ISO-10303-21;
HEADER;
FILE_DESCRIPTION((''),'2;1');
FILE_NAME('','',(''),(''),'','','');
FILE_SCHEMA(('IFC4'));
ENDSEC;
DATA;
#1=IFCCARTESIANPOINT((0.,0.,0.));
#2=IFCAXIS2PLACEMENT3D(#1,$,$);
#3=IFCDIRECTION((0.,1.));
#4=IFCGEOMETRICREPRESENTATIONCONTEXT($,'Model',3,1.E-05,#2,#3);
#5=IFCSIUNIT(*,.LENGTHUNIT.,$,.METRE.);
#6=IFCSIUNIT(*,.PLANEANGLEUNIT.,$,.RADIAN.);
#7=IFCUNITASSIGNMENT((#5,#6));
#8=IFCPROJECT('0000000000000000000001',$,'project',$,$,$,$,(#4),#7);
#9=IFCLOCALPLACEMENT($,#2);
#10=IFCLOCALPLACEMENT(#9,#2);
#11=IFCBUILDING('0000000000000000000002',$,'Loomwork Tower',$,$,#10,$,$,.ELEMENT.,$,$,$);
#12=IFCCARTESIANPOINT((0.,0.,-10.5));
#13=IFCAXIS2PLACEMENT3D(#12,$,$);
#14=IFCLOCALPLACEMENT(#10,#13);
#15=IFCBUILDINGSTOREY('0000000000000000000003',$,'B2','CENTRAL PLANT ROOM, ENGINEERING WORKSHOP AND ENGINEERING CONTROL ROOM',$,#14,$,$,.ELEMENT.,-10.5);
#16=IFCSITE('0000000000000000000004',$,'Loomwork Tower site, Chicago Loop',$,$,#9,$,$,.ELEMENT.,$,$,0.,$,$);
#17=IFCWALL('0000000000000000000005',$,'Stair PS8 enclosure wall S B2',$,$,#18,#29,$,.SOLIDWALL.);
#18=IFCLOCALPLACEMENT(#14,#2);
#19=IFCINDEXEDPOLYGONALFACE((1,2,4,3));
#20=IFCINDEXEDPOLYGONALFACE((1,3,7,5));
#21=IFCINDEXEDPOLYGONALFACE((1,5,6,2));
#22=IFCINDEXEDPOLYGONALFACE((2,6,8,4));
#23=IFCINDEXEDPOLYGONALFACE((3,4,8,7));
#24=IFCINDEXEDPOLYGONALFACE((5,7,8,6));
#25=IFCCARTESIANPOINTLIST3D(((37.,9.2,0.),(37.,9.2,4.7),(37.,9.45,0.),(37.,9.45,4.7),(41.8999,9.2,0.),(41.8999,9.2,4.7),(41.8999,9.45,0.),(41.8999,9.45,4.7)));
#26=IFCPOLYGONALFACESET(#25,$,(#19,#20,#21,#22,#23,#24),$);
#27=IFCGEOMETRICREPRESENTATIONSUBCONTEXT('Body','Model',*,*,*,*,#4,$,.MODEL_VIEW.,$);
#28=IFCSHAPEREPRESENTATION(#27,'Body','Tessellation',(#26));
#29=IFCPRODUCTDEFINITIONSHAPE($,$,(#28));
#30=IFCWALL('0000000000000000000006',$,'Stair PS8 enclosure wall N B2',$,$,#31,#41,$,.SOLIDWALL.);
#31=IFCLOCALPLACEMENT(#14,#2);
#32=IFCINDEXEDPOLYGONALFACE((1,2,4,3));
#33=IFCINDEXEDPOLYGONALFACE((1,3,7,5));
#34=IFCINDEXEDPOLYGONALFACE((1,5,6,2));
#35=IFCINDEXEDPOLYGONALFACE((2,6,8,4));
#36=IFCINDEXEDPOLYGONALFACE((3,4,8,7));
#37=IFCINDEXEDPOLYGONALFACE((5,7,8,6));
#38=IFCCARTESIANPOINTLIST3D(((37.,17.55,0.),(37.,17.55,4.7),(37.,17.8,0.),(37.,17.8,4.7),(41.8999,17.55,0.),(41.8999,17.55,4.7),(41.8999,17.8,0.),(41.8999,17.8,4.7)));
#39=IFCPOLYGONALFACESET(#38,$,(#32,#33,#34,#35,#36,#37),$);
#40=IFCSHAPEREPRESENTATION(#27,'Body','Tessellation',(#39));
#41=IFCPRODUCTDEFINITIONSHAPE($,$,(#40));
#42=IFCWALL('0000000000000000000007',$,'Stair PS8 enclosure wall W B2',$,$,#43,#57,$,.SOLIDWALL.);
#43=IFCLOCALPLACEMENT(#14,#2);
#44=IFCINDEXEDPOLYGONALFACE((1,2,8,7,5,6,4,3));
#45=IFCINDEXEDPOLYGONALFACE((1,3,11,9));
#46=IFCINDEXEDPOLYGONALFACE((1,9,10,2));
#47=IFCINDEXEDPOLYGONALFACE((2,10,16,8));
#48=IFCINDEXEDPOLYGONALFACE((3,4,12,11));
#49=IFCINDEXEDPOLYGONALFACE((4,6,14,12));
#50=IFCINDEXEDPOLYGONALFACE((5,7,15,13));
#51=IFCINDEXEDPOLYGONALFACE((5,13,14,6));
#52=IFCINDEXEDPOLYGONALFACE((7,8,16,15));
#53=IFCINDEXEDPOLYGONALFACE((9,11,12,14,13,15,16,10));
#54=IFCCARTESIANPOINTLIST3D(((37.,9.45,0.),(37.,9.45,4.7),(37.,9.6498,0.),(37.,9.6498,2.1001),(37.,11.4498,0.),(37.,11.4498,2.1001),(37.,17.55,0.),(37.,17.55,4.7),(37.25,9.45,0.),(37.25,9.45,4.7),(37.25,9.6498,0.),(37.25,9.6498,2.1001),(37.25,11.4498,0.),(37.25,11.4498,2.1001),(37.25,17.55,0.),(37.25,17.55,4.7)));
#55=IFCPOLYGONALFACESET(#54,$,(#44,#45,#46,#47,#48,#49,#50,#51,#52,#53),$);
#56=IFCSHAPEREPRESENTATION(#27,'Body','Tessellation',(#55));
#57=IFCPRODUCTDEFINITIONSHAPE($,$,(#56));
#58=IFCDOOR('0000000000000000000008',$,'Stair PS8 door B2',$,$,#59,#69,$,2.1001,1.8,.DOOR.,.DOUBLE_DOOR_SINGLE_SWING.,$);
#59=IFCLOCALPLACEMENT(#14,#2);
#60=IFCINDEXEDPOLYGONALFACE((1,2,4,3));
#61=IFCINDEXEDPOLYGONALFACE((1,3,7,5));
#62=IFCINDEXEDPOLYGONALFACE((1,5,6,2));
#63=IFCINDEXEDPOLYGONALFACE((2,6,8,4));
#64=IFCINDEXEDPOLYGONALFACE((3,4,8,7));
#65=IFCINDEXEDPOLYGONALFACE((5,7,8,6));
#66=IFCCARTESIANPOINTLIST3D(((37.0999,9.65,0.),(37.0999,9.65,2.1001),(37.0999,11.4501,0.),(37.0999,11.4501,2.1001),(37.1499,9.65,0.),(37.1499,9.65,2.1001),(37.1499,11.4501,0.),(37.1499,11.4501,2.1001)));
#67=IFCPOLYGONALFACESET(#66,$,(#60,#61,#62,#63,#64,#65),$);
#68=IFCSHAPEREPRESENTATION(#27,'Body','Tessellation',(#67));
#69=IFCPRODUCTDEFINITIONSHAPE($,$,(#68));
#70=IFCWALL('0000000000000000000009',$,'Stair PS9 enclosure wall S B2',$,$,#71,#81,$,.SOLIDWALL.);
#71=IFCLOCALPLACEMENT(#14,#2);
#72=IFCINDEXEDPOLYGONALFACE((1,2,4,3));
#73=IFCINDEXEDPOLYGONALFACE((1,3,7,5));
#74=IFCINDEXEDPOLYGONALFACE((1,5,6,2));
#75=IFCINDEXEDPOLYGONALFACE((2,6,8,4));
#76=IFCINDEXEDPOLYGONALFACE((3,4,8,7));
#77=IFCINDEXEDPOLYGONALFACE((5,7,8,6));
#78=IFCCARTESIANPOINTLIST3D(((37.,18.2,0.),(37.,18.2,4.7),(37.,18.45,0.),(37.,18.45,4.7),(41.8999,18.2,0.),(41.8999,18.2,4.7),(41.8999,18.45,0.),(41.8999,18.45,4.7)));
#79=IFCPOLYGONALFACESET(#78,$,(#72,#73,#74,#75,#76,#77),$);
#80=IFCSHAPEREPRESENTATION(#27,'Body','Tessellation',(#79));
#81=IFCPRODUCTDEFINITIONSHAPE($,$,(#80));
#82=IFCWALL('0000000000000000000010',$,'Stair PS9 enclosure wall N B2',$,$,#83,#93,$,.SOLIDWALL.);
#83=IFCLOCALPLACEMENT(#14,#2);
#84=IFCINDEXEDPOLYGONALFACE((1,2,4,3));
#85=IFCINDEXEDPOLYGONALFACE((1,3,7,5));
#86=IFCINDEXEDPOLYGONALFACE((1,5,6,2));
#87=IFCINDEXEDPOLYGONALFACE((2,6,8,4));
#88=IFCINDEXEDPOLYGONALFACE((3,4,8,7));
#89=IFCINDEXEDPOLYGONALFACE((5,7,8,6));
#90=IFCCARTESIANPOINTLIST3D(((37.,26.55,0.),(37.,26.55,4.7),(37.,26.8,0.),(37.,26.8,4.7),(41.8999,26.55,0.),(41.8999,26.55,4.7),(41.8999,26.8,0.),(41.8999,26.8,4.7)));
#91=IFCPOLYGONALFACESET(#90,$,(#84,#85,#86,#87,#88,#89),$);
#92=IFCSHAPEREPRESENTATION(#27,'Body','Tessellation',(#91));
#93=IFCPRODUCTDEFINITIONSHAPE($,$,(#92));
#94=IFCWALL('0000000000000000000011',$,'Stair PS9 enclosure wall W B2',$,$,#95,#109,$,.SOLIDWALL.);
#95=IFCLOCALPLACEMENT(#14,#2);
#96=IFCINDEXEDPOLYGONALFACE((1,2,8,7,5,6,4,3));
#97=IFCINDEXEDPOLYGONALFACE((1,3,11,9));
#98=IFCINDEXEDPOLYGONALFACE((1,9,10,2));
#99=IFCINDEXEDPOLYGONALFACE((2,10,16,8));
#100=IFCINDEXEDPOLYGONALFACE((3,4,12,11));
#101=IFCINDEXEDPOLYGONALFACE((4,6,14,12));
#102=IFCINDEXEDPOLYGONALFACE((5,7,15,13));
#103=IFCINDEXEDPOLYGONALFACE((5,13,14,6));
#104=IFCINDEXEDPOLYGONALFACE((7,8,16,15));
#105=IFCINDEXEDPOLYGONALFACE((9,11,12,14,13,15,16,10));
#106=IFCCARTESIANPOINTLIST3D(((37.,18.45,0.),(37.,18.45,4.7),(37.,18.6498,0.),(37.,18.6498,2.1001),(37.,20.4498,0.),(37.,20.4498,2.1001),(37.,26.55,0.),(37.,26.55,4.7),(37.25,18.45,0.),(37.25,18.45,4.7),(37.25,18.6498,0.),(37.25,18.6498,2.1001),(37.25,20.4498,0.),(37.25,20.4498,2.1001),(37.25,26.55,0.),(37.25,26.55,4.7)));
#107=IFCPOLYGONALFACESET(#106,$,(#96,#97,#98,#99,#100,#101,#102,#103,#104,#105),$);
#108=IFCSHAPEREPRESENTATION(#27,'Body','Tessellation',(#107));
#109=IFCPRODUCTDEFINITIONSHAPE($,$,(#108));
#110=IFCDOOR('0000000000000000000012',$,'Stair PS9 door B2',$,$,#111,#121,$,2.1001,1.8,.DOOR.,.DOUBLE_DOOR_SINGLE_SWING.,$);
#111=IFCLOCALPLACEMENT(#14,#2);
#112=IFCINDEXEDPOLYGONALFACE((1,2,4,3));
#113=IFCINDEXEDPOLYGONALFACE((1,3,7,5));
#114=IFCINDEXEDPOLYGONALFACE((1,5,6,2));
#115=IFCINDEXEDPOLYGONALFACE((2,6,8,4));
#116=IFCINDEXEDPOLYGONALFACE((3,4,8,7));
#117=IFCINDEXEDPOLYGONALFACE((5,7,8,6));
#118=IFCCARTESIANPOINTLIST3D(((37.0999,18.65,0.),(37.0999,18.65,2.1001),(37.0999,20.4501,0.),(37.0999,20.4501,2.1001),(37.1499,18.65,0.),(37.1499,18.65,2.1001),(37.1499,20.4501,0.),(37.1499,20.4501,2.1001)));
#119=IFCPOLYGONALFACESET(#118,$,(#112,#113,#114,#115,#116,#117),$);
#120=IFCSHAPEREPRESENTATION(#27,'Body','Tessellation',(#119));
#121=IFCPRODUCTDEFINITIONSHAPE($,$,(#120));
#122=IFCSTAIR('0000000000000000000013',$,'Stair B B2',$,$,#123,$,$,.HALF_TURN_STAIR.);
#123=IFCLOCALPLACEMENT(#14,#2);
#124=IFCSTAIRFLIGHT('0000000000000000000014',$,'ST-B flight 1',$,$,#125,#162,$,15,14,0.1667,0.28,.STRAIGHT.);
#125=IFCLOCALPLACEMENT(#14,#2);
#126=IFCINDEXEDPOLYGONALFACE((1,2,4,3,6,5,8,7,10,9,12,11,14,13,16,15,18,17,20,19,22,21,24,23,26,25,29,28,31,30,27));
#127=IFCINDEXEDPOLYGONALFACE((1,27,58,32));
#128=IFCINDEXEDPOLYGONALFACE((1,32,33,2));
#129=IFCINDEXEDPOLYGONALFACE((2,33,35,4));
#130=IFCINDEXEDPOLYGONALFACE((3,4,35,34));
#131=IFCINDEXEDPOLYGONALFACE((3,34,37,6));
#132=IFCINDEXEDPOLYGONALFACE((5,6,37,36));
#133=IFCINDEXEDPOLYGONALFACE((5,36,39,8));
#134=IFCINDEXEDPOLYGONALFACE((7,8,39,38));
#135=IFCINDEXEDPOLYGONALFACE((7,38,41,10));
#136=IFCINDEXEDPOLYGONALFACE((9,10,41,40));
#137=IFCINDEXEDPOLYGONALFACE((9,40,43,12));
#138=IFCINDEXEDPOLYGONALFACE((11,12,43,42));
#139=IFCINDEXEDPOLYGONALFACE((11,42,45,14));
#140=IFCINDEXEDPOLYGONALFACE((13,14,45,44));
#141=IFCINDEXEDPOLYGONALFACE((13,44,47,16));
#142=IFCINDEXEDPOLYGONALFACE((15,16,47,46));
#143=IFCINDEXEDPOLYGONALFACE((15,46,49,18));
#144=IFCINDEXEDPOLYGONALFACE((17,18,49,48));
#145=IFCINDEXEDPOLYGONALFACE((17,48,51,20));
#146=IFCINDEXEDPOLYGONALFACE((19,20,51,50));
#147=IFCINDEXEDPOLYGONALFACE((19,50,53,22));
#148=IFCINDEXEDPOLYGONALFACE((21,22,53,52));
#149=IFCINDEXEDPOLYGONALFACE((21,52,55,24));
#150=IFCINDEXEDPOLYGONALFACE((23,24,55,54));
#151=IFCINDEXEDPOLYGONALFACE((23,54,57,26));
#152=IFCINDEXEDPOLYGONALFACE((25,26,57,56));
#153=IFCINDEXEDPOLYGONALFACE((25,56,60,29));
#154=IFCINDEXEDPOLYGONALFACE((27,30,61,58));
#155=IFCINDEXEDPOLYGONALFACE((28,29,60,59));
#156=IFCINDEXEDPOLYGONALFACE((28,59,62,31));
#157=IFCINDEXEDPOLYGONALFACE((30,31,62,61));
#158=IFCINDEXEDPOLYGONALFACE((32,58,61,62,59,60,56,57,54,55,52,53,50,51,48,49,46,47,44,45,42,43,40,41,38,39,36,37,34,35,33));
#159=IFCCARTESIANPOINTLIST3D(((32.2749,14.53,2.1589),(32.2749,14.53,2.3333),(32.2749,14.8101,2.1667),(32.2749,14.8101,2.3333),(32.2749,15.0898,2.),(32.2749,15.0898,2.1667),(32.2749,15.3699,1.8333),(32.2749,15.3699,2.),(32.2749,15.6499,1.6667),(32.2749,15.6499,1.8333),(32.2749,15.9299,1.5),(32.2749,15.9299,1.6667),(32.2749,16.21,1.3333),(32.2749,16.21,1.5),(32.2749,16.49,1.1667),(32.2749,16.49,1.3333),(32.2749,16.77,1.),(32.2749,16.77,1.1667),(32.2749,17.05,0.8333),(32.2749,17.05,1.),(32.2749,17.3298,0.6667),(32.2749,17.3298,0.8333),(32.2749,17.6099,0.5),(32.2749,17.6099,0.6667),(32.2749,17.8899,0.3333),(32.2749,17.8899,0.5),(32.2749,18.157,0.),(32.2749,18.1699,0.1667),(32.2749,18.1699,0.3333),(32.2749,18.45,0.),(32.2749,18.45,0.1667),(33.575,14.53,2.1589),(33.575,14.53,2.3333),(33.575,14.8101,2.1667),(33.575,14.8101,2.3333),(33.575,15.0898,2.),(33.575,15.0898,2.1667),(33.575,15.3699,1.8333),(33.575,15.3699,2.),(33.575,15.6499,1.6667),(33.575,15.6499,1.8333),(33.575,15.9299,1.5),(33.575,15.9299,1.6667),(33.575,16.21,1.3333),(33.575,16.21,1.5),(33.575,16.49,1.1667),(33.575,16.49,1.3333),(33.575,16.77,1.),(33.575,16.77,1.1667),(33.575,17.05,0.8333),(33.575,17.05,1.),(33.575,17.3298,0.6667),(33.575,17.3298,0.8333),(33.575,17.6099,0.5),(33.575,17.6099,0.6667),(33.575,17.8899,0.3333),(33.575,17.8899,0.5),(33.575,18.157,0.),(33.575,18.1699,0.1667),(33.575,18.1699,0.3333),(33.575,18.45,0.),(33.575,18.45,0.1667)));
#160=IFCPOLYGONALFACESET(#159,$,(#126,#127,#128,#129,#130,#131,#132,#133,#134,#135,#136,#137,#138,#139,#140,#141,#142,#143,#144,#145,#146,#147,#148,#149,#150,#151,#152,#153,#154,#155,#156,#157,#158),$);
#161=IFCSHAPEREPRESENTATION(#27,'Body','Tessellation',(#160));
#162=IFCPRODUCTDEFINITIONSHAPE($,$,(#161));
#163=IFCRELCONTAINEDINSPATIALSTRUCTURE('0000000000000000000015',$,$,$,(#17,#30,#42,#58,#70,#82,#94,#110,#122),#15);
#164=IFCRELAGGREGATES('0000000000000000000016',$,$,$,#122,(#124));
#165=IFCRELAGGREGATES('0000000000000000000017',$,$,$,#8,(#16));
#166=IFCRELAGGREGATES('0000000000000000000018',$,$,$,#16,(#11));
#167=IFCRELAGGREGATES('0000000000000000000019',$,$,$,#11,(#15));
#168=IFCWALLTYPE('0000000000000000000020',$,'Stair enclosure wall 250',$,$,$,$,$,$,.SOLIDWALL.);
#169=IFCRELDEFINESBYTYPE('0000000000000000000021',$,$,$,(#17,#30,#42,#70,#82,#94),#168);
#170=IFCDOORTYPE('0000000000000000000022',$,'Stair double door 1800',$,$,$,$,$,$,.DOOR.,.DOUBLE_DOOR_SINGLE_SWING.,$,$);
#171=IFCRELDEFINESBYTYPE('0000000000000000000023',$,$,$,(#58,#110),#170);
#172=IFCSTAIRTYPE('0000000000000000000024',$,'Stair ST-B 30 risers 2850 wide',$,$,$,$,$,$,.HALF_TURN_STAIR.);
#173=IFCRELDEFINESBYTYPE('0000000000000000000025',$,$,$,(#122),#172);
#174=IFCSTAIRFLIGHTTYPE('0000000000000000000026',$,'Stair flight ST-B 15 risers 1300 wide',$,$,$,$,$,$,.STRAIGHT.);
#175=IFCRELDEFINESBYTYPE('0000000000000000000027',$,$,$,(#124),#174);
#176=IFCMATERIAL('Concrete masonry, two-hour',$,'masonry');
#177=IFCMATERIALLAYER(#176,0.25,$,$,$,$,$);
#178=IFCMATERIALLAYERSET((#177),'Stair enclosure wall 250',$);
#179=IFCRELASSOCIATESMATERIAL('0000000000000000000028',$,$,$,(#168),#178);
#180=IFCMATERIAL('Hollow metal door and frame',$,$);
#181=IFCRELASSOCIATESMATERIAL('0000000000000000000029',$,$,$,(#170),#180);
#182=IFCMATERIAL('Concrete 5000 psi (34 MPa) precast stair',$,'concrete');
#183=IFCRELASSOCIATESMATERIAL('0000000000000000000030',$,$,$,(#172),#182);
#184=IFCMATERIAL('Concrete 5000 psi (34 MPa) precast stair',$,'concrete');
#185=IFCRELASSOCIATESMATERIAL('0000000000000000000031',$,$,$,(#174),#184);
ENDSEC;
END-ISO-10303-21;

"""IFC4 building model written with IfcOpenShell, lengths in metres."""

from ifc_helpers import new_model, si_unit, direction, frame, frame_2d, origin, place, context, subcontext, project, spatial, polyline, rectangle, outline, extrude, material, layer, layer_set, type_object, element, fill, aggregate, save


model = new_model("IFC4")

# Units and contexts
model_context = context("Model", 3, precision=1e-05, world=origin(), true_north=direction((0.0, 1.0)))
body_context = subcontext(model_context, "Body", "Model", "MODEL_VIEW")
ifc_project = project(units=[si_unit("LENGTHUNIT", "METRE"), si_unit("PLANEANGLEUNIT", "RADIAN")], contexts=[model_context])

# Site, building, storey
site_placement = place(None, origin())
site = spatial("IfcSite", under=ifc_project, at=site_placement, Name="Loomwork Tower site, Chicago Loop", CompositionType="ELEMENT", RefElevation=0.0)
building_placement = place(site_placement, origin())
building = spatial("IfcBuilding", under=site, at=building_placement, Name="Loomwork Tower", CompositionType="ELEMENT")
storey_placement = place(building_placement, frame((0.0, 0.0, -10.5)))
storey = spatial("IfcBuildingStorey", under=building, at=storey_placement, Name="B2", Description="CENTRAL PLANT ROOM, ENGINEERING WORKSHOP AND ENGINEERING CONTROL ROOM", CompositionType="ELEMENT", Elevation=-10.5)

# Walls
ifc_material_1 = material(Name="Concrete masonry, two-hour", Category="masonry")
ifc_layer_1 = layer(ifc_material_1, 0.25)
ifc_layer_set_1 = layer_set([ifc_layer_1], Name="Stair enclosure wall 250")
wall_type_1 = type_object("IfcWallType", Name="Stair enclosure wall 250", PredefinedType="SOLIDWALL", material=ifc_layer_set_1)
for number, where, z_axis, x_axis, name in (
    (1, (37.0, 9.325, 0.0), (0.0, 0.0, 1.0), (1.0, 0.0, 0.0), "Stair PS8 enclosure wall S B2"),
    (2, (37.0, 17.675, 0.0), (0.0, 0.0, 1.0), (1.0, 0.0, 0.0), "Stair PS8 enclosure wall N B2"),
):
    element("IfcWall", number, at=place(storey_placement, frame(where, z_axis=z_axis, x_axis=x_axis)), inside=storey, type_object=wall_type_1, Name=name, PredefinedType="SOLIDWALL", context=body_context, shape_type="SweptSolid", body=[
        extrude(rectangle(XDim=4.8999, YDim=0.25, at=frame_2d((2.45, 0.0))), origin(), (0.0, 0.0, 1.0), 4.7),
    ])

# Wall, opening, door
wall_1_placement = place(storey_placement, frame((37.125, 9.45, 0.0), z_axis=(0.0, 0.0, 1.0), x_axis=(0.0, 1.0, 0.0)))
wall_1 = element("IfcWall", 3, at=wall_1_placement, inside=storey, type_object=wall_type_1, Name="Stair PS8 enclosure wall W B2", PredefinedType="SOLIDWALL", context=body_context, shape_type="SweptSolid", body=[
    extrude(rectangle(XDim=8.1001, YDim=0.25, at=frame_2d((4.05, 0.0))), origin(), (0.0, 0.0, 1.0), 4.7),
])
opening_1_placement = place(wall_1_placement, frame((0.2, 0.0, 0.0)))
opening_1 = element("IfcOpeningElement", 4, at=opening_1_placement, cuts=wall_1, PredefinedType="OPENING", context=body_context, shape_type="SweptSolid", body=[
    extrude(rectangle(XDim=1.8, YDim=2.1001, at=frame_2d((0.8999, 1.05))), frame((0.0, 0.135, 0.0), z_axis=(0.0, -1.0, 0.0), x_axis=(1.0, 0.0, 0.0)), (0.0, 0.0, 1.0), 0.27),
])
ifc_material_2 = material(Name="Hollow metal door and frame")
door_type_1 = type_object("IfcDoorType", Name="Stair double door 1800", OperationType="DOUBLE_DOOR_SINGLE_SWING", PredefinedType="DOOR", material=ifc_material_2)
door_1_placement = place(opening_1_placement, frame((1.8, 0.0, 0.0), z_axis=(0.0, 0.0, 1.0), x_axis=(-1.0, 0.0, 0.0)))
door_1 = element("IfcDoor", 5, at=door_1_placement, inside=storey, type_object=door_type_1, Name="Stair PS8 door B2", OperationType="DOUBLE_DOOR_SINGLE_SWING", OverallHeight=2.1001, OverallWidth=1.8, PredefinedType="DOOR", context=body_context, shape_type="SweptSolid", body=[
    extrude(rectangle(XDim=1.8, YDim=2.1001, at=frame_2d((0.8999, 1.05))), frame((0.0, 0.0249, 0.0), z_axis=(0.0, -1.0, 0.0), x_axis=(1.0, 0.0, 0.0)), (0.0, 0.0, 1.0), 0.05),
])
fill(opening_1, door_1)

# Walls
for number, where, z_axis, x_axis, name in (
    (6, (37.0, 18.325, 0.0), (0.0, 0.0, 1.0), (1.0, 0.0, 0.0), "Stair PS9 enclosure wall S B2"),
    (7, (37.0, 26.675, 0.0), (0.0, 0.0, 1.0), (1.0, 0.0, 0.0), "Stair PS9 enclosure wall N B2"),
):
    element("IfcWall", number, at=place(storey_placement, frame(where, z_axis=z_axis, x_axis=x_axis)), inside=storey, type_object=wall_type_1, Name=name, PredefinedType="SOLIDWALL", context=body_context, shape_type="SweptSolid", body=[
        extrude(rectangle(XDim=4.8999, YDim=0.25, at=frame_2d((2.45, 0.0))), origin(), (0.0, 0.0, 1.0), 4.7),
    ])

# Wall, opening, door
wall_2_placement = place(storey_placement, frame((37.125, 18.45, 0.0), z_axis=(0.0, 0.0, 1.0), x_axis=(0.0, 1.0, 0.0)))
wall_2 = element("IfcWall", 8, at=wall_2_placement, inside=storey, type_object=wall_type_1, Name="Stair PS9 enclosure wall W B2", PredefinedType="SOLIDWALL", context=body_context, shape_type="SweptSolid", body=[
    extrude(rectangle(XDim=8.1001, YDim=0.25, at=frame_2d((4.05, 0.0))), origin(), (0.0, 0.0, 1.0), 4.7),
])
opening_2_placement = place(wall_2_placement, frame((0.2, 0.0, 0.0)))
opening_2 = element("IfcOpeningElement", 9, at=opening_2_placement, cuts=wall_2, PredefinedType="OPENING", context=body_context, shape_type="SweptSolid", body=[
    extrude(rectangle(XDim=1.8, YDim=2.1001, at=frame_2d((0.8999, 1.05))), frame((0.0, 0.135, 0.0), z_axis=(0.0, -1.0, 0.0), x_axis=(1.0, 0.0, 0.0)), (0.0, 0.0, 1.0), 0.27),
])
door_2_placement = place(opening_2_placement, frame((1.8, 0.0, 0.0), z_axis=(0.0, 0.0, 1.0), x_axis=(-1.0, 0.0, 0.0)))
door_2 = element("IfcDoor", 10, at=door_2_placement, inside=storey, type_object=door_type_1, Name="Stair PS9 door B2", OperationType="DOUBLE_DOOR_SINGLE_SWING", OverallHeight=2.1001, OverallWidth=1.8, PredefinedType="DOOR", context=body_context, shape_type="SweptSolid", body=[
    extrude(rectangle(XDim=1.8, YDim=2.1001, at=frame_2d((0.8999, 1.05))), frame((0.0, 0.0249, 0.0), z_axis=(0.0, -1.0, 0.0), x_axis=(1.0, 0.0, 0.0)), (0.0, 0.0, 1.0), 0.05),
])
fill(opening_2, door_2)

# Stair, stair flight
ifc_material_3 = material(Name="Concrete 5000 psi (34 MPa) precast stair", Category="concrete")
stair_type = type_object("IfcStairType", Name="Stair ST-B 30 risers 2850 wide", PredefinedType="HALF_TURN_STAIR", material=ifc_material_3)
stair_placement = place(storey_placement, origin())
stair = element("IfcStair", 11, at=stair_placement, inside=storey, type_object=stair_type, Name="Stair B B2", PredefinedType="HALF_TURN_STAIR")
ifc_material_4 = material(Name="Concrete 5000 psi (34 MPa) precast stair", Category="concrete")
stair_flight_type = type_object("IfcStairFlightType", Name="Stair flight ST-B 15 risers 1300 wide", PredefinedType="STRAIGHT", material=ifc_material_4)
stair_flight_1_placement = place(storey_placement, frame((32.925, 18.45, 0.0), z_axis=(0.0, 0.0, 1.0), x_axis=(0.0, -1.0, 0.0)))
stair_flight_1 = element("IfcStairFlight", 12, at=stair_flight_1_placement, type_object=stair_flight_type, Name="ST-B flight 1", NumberOfRisers=15, NumberOfTreads=14, PredefinedType="STRAIGHT", RiserHeight=0.1667, TreadLength=0.28, context=body_context, shape_type="SweptSolid", body=[
    extrude(outline(polyline([(0.0, 0.0), (0.0, 0.1667), (0.28, 0.1667), (0.28, 0.3333), (0.5601, 0.3333), (0.5601, 0.5), (0.8401, 0.5), (0.8401, 0.6667), (1.1201, 0.6667), (1.1201, 0.8333), (1.3999, 0.8333), (1.3999, 1.0), (1.6799, 1.0), (1.6799, 1.1667), (1.96, 1.1667), (1.96, 1.3333), (2.24, 1.3333), (2.24, 1.5), (2.52, 1.5), (2.52, 1.6667), (2.8, 1.6667), (2.8, 1.8333), (3.0801, 1.8333), (3.0801, 2.0), (3.3601, 2.0), (3.3601, 2.1667), (3.6399, 2.1667), (3.6399, 2.3333), (3.9199, 2.3333), (3.9199, 2.5), (3.9199, 2.1589), (0.293, 0.0), (0.0, 0.0)])), frame((0.0, 0.6499, 0.0), z_axis=(0.0, -1.0, 0.0), x_axis=(1.0, 0.0, 0.0)), (0.0, 0.0, 1.0), 1.3),
])
aggregate(stair, [stair_flight_1])

save(model, "model.ifc")
